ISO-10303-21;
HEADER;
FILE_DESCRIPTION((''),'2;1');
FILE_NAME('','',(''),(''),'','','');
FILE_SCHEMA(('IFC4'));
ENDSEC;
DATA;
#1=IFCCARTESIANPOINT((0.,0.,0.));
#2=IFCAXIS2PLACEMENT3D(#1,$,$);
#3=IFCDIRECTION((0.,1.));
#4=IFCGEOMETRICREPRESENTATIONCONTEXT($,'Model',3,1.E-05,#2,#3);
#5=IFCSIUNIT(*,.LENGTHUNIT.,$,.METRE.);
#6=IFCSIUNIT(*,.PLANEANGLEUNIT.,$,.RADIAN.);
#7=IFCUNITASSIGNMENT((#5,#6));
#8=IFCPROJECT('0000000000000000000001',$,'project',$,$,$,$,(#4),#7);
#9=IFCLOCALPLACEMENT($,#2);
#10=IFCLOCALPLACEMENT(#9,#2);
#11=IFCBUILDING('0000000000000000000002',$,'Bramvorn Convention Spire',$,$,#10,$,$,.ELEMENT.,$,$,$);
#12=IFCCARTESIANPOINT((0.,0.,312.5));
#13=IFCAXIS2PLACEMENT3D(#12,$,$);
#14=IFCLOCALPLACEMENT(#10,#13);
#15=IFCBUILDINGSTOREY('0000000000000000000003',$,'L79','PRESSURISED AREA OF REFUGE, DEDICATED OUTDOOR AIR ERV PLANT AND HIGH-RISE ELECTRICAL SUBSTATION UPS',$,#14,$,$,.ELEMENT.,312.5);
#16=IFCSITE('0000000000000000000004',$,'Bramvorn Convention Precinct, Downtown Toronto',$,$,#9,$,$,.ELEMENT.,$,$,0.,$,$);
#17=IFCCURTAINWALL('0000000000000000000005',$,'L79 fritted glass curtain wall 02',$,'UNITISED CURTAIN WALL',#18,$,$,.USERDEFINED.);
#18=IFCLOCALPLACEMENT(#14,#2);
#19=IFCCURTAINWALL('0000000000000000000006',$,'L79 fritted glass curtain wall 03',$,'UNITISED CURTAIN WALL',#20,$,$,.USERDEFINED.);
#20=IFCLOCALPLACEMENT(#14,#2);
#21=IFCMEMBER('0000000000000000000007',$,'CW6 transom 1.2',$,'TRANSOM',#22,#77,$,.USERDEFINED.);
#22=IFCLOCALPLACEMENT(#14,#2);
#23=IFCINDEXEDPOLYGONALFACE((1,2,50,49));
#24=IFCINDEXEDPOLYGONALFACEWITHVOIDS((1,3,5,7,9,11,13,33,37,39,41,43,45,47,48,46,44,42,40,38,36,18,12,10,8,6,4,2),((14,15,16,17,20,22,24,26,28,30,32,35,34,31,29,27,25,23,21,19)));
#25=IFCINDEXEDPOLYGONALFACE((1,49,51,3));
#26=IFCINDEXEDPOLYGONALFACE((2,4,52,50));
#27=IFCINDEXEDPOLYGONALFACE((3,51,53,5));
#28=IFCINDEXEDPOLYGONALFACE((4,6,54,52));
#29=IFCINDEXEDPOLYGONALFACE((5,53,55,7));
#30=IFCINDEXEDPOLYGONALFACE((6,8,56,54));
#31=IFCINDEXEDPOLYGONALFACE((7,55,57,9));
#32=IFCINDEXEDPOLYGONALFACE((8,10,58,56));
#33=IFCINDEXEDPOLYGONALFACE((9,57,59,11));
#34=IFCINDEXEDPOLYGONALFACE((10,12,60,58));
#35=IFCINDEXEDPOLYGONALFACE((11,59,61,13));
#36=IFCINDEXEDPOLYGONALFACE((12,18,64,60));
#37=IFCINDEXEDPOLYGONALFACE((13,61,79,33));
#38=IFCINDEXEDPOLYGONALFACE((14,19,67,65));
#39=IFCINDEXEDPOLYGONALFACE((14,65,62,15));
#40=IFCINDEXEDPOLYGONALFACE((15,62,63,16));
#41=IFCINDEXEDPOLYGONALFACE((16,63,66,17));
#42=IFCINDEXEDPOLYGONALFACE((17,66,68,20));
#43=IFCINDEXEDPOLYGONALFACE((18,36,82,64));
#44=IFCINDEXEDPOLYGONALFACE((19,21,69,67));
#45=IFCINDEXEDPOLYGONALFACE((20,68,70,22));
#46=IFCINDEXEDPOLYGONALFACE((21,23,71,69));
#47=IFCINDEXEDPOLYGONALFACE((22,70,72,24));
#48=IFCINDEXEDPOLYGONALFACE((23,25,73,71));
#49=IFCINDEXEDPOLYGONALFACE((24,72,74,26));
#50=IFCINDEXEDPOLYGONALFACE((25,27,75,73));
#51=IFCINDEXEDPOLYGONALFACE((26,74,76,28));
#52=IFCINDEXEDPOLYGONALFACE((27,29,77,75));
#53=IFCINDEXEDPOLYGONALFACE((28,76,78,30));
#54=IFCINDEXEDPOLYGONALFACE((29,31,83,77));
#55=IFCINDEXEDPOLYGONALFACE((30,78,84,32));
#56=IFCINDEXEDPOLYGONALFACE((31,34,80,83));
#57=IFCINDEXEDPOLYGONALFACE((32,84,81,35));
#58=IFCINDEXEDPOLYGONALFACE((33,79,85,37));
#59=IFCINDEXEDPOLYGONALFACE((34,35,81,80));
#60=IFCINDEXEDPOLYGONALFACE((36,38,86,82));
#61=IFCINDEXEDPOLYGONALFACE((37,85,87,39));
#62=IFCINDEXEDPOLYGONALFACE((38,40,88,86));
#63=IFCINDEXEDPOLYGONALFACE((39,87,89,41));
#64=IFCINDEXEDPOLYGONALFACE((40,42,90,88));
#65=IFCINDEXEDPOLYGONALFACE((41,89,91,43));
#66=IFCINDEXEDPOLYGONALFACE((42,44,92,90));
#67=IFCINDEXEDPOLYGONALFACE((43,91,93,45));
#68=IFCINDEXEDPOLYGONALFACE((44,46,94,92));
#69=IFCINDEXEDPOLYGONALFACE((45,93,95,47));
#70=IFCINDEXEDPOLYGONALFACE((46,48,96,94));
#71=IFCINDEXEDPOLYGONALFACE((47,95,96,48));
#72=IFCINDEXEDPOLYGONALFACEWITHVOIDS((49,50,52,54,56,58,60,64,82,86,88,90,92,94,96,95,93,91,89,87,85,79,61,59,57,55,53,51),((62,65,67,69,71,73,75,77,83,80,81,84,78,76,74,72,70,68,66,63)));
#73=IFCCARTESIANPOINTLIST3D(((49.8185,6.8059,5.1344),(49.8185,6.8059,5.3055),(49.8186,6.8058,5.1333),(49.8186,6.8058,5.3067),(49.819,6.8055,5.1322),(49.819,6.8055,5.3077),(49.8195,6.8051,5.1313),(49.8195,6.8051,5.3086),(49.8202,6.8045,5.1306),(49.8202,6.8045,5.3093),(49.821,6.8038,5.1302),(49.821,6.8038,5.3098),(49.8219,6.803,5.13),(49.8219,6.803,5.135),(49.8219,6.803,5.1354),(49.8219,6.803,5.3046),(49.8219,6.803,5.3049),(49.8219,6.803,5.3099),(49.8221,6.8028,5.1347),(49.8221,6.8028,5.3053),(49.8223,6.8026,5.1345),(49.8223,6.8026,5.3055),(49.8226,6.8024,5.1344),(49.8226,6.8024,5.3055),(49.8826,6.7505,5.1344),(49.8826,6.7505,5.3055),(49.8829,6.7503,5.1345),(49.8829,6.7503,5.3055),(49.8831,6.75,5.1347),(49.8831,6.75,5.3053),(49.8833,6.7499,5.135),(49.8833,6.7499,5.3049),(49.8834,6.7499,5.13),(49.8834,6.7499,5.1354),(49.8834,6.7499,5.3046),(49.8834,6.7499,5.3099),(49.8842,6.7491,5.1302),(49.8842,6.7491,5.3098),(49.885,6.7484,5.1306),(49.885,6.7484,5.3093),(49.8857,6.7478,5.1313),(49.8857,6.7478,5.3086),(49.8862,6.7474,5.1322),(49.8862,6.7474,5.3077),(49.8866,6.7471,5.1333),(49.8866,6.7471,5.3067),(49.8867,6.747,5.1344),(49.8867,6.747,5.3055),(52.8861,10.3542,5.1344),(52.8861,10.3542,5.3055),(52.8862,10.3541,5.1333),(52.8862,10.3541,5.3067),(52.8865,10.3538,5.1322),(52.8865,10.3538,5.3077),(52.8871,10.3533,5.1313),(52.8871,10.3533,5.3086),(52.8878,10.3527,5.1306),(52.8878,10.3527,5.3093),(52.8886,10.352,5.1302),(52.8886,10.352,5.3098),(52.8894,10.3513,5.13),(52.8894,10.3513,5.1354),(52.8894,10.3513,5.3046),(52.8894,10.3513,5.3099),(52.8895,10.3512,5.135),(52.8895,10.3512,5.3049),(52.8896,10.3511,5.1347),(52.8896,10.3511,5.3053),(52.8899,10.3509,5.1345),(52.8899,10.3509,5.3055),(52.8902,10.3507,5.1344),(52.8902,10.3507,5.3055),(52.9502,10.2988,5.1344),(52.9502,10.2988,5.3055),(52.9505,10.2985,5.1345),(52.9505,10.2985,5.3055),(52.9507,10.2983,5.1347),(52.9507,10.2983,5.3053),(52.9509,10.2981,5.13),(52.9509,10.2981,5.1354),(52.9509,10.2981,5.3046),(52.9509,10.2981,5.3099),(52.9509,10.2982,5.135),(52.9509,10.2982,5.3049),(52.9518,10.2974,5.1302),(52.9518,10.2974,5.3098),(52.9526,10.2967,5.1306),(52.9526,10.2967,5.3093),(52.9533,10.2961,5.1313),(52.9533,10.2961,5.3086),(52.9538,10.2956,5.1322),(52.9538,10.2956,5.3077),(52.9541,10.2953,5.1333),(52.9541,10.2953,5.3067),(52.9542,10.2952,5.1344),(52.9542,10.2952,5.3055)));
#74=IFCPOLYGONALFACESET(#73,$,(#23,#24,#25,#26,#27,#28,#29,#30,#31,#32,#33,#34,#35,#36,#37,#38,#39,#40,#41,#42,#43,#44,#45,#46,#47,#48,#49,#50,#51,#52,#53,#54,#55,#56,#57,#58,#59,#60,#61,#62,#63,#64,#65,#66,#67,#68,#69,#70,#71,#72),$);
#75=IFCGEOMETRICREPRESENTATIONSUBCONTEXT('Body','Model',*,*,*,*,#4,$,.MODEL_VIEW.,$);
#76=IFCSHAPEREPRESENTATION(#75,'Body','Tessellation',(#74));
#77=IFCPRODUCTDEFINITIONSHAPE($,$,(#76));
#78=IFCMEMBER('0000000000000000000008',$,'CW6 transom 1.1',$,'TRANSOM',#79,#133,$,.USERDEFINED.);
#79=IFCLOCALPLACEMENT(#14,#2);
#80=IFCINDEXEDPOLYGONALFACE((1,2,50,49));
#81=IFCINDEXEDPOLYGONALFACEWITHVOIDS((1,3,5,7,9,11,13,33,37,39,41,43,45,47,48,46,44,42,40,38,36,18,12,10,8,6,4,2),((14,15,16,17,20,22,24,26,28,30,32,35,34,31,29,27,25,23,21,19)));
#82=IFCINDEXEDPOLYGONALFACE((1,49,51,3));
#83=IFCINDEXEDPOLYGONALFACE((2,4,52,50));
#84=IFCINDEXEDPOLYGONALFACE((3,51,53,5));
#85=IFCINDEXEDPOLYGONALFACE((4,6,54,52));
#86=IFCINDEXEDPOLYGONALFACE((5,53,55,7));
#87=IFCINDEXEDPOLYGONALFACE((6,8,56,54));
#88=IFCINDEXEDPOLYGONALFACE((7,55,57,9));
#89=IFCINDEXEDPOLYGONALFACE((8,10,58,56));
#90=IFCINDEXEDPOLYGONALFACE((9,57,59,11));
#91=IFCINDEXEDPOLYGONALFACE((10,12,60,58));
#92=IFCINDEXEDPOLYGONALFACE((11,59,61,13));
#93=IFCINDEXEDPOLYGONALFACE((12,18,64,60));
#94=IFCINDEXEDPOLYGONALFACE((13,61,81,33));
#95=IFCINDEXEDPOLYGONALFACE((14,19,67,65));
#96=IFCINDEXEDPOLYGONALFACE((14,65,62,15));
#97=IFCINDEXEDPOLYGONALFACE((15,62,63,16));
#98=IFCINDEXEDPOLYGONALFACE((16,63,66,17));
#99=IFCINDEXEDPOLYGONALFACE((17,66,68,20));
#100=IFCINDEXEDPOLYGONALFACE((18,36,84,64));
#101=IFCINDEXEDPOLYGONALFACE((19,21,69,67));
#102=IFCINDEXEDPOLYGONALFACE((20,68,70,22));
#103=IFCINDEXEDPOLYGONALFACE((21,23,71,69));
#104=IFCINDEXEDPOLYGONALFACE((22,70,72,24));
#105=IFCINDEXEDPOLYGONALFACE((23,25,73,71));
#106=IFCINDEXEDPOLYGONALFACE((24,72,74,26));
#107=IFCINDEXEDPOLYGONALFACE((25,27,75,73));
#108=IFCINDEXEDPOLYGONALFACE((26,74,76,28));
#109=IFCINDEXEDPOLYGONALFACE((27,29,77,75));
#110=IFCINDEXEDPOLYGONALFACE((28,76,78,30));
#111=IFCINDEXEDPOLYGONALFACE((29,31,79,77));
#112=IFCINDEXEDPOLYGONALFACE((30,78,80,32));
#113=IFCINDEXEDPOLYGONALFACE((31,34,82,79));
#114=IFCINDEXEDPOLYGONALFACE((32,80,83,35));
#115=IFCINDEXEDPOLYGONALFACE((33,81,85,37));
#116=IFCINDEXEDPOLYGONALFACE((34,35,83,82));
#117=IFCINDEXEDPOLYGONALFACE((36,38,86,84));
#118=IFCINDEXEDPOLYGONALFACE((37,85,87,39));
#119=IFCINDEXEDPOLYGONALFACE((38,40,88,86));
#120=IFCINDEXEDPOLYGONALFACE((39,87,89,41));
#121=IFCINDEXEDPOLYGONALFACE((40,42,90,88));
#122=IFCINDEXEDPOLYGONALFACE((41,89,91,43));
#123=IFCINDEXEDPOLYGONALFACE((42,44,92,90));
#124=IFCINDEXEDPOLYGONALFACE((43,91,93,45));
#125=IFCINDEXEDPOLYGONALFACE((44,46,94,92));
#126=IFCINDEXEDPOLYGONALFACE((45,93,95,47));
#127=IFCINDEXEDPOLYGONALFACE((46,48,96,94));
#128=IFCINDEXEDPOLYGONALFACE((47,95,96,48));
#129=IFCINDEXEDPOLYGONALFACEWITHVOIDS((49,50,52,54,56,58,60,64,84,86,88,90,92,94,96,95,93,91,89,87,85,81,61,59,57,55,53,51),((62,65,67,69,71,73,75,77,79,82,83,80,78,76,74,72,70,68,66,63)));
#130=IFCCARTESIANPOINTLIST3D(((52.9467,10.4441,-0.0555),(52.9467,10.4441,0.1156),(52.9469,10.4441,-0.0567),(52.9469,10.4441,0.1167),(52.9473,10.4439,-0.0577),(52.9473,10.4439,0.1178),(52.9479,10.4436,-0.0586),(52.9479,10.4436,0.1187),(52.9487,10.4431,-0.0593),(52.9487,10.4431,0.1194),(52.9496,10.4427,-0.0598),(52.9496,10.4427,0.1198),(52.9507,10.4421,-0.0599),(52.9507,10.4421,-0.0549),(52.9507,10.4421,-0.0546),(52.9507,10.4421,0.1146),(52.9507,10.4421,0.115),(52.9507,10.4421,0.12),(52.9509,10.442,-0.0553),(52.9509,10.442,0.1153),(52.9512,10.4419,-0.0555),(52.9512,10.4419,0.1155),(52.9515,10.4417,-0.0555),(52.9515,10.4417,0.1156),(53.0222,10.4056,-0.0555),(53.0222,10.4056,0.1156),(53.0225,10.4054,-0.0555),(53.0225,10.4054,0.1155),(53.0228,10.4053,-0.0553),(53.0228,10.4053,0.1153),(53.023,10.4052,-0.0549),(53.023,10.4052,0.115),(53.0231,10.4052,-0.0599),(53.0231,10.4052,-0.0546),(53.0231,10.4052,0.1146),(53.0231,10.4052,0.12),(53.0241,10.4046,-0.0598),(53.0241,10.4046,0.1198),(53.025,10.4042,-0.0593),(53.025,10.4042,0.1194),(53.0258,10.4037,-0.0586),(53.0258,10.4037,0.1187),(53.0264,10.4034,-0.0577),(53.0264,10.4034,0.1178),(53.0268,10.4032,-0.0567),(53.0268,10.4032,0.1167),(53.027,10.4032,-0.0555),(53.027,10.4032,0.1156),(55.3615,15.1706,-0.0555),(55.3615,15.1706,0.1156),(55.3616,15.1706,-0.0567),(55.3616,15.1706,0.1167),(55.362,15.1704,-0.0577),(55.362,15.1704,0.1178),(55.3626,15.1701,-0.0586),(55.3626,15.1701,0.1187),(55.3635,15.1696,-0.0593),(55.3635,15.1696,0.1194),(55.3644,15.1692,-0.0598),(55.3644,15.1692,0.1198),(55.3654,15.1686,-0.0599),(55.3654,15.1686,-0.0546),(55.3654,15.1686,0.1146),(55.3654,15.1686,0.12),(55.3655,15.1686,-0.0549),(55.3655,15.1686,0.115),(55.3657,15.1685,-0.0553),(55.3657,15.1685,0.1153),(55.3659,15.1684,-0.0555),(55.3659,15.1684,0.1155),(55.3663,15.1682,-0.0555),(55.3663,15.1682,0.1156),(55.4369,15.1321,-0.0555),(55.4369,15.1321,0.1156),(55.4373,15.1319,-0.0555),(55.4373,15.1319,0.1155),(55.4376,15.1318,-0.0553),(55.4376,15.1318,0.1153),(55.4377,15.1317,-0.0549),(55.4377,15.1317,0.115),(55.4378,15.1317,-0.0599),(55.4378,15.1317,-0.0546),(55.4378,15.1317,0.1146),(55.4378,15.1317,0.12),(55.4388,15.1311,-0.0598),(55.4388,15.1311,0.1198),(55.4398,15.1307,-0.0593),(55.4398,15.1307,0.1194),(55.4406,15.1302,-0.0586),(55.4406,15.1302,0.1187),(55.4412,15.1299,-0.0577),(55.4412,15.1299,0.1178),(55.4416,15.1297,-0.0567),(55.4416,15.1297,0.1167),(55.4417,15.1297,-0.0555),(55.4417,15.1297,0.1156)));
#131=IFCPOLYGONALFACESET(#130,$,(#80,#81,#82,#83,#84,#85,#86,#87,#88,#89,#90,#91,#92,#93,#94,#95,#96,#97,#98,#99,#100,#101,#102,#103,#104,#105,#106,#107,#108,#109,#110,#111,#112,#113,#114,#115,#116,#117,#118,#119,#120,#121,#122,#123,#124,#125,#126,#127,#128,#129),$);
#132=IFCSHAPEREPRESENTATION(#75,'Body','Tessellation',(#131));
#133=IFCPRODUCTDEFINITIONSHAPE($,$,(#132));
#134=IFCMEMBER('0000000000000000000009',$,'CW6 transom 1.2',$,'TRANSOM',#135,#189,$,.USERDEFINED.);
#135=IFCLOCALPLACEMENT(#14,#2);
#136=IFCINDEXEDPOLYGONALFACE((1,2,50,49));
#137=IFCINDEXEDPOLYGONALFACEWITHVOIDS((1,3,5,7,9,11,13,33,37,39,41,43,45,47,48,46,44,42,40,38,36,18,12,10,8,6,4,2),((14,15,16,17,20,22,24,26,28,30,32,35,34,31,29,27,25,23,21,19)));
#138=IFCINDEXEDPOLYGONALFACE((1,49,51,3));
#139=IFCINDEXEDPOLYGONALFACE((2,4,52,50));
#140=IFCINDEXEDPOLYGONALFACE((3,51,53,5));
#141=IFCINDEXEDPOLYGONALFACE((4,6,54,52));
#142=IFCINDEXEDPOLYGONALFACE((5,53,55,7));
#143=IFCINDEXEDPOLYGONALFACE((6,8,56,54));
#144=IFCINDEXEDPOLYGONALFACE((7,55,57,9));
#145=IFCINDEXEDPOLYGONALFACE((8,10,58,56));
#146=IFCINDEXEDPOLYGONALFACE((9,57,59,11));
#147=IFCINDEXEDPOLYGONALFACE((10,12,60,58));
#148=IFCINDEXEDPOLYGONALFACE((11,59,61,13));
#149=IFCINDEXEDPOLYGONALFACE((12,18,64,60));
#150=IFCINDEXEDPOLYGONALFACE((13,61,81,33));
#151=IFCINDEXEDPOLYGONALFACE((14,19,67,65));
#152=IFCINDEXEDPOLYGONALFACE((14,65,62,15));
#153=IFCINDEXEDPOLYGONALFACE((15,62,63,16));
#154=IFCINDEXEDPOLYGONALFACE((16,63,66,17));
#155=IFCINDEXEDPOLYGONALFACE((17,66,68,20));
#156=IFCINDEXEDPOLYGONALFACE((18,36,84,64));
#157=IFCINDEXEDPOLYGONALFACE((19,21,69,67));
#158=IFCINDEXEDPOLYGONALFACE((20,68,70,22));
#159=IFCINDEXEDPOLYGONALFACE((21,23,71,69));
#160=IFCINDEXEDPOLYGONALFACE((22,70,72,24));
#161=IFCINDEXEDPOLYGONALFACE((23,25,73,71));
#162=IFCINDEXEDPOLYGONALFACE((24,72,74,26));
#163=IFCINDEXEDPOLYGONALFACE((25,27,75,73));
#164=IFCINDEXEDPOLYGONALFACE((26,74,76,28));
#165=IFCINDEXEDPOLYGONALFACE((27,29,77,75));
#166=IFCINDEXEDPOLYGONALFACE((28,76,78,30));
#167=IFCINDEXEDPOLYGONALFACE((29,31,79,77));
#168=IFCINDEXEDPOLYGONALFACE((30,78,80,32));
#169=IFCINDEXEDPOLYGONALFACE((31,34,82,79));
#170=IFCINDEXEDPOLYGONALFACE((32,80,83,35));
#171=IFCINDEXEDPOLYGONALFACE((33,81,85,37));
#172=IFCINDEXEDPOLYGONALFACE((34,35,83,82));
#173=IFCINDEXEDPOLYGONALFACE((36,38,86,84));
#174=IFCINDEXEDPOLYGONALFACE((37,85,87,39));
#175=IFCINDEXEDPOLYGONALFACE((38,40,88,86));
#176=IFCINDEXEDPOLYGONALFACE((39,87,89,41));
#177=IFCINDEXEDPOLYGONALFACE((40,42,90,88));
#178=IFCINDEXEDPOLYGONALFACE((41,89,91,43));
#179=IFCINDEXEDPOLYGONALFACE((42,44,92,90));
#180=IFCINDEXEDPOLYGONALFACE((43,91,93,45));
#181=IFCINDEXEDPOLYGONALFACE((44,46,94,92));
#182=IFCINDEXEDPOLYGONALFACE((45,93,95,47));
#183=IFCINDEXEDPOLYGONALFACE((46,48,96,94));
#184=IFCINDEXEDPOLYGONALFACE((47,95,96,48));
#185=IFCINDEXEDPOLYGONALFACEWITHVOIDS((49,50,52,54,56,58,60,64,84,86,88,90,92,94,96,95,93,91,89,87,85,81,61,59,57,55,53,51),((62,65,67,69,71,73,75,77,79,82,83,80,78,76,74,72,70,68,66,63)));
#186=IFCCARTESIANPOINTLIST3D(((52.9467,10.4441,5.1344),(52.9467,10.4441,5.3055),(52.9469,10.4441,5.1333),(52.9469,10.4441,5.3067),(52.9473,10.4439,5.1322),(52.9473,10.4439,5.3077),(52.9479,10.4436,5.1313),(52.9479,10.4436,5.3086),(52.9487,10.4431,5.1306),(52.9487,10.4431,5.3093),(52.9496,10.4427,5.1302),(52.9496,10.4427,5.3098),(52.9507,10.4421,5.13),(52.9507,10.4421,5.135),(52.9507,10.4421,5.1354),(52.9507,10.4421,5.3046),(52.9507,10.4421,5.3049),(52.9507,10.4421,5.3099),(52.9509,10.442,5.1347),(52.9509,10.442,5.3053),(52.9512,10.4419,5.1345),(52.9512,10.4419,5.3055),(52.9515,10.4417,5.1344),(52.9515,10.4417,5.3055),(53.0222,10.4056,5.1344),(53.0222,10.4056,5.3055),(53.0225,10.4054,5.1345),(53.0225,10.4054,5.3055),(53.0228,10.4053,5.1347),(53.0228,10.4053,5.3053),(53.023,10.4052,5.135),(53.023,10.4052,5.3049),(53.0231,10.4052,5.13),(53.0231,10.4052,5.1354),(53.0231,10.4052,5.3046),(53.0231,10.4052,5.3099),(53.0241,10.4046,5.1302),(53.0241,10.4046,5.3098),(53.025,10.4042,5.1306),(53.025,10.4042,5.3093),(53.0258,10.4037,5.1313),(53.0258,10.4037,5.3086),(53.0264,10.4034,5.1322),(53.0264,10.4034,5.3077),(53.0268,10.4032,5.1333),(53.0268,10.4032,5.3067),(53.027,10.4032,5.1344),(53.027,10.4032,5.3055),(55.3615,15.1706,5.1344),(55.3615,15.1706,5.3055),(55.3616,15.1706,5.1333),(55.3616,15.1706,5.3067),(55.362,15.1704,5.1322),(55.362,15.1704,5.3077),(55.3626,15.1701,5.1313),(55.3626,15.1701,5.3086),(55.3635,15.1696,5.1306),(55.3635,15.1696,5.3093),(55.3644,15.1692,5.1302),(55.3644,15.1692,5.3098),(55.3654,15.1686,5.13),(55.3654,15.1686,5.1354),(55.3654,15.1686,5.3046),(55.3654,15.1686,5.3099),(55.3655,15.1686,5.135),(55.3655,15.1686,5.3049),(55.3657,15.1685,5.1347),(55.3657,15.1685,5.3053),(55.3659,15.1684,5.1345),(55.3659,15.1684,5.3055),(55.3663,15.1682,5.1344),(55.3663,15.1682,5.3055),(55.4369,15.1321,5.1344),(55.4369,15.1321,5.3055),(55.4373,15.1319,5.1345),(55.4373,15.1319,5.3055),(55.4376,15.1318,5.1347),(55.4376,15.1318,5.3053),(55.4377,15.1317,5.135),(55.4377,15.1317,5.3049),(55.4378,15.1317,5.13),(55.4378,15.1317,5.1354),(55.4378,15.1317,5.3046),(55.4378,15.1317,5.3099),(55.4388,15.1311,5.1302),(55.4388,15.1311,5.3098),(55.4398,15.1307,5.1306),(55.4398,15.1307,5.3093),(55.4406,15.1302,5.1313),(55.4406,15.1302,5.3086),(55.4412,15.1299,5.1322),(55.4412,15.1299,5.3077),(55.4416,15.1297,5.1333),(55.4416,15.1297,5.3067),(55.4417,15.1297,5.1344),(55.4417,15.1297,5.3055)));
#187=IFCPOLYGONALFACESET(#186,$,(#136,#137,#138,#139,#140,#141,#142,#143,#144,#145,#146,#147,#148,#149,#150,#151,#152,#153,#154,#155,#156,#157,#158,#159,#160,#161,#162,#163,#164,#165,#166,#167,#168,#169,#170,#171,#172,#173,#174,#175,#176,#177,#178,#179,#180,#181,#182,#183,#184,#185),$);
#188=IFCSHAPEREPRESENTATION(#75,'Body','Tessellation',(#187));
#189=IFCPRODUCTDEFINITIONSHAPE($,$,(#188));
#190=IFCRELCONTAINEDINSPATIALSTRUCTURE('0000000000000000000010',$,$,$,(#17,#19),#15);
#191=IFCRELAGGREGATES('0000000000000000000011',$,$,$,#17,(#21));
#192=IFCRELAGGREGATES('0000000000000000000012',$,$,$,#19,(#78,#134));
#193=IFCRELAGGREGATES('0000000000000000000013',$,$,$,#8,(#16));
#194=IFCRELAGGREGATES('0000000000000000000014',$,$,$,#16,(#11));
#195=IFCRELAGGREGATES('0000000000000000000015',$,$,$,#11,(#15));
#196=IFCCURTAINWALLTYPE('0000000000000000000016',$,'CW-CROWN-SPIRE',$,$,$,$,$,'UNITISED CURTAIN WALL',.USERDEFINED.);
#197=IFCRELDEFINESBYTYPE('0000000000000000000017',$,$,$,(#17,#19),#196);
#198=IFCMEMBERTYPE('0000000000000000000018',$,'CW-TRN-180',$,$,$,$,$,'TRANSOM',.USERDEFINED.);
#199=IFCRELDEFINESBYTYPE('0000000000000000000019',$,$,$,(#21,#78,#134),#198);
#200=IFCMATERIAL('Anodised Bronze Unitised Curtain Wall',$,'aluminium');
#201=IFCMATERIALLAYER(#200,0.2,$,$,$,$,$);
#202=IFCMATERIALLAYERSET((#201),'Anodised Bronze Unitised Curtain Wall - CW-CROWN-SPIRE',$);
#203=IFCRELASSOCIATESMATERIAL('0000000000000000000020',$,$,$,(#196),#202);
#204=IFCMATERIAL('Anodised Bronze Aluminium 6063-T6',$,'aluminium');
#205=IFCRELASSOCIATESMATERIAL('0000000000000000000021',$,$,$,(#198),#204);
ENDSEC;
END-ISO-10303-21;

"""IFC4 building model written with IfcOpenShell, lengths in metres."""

from ifc_helpers import new_model, si_unit, direction, frame, origin, origin_2d, place, context, subcontext, project, spatial, hollow_rectangle, extrude, material, layer, layer_set, material_profile, profile_set, type_object, element, aggregate, save


model = new_model("IFC4")

# Units and contexts
model_context = context("Model", 3, precision=1e-05, world=origin(), true_north=direction((0.0, 1.0)))
body_context = subcontext(model_context, "Body", "Model", "MODEL_VIEW")
ifc_project = project(units=[si_unit("LENGTHUNIT", "METRE"), si_unit("PLANEANGLEUNIT", "RADIAN")], contexts=[model_context])

# Site, building, storey
site_placement = place(None, origin())
site = spatial("IfcSite", under=ifc_project, at=site_placement, Name="Bramvorn Convention Precinct, Downtown Toronto", CompositionType="ELEMENT", RefElevation=0.0)
building_placement = place(site_placement, origin())
building = spatial("IfcBuilding", under=site, at=building_placement, Name="Bramvorn Convention Spire", CompositionType="ELEMENT")
storey_placement = place(building_placement, frame((0.0, 0.0, 312.5)))
storey = spatial("IfcBuildingStorey", under=building, at=storey_placement, Name="L79", Description="PRESSURISED AREA OF REFUGE, DEDICATED OUTDOOR AIR ERV PLANT AND HIGH-RISE ELECTRICAL SUBSTATION UPS", CompositionType="ELEMENT", Elevation=312.5)

# Curtain walls
ifc_material_1 = material(Name="Anodised Bronze Unitised Curtain Wall", Category="aluminium")
ifc_layer_1 = layer(ifc_material_1, 0.2)
ifc_layer_set_1 = layer_set([ifc_layer_1], Name="Anodised Bronze Unitised Curtain Wall - CW-CROWN-SPIRE")
curtain_wall_type = type_object("IfcCurtainWallType", Name="CW-CROWN-SPIRE", ElementType="UNITISED CURTAIN WALL", PredefinedType="USERDEFINED", material=ifc_layer_set_1)
curtain_wall_1_placement = place(storey_placement, origin())
curtain_wall_1 = element("IfcCurtainWall", 1, at=curtain_wall_1_placement, inside=storey, type_object=curtain_wall_type, Name="L79 fritted glass curtain wall 02", ObjectType="UNITISED CURTAIN WALL", PredefinedType="USERDEFINED")
ifc_material_2 = material(Name="Anodised Bronze Aluminium 6063-T6", Category="aluminium")
curtain_wall_2_placement = place(storey_placement, origin())
curtain_wall_2 = element("IfcCurtainWall", 2, at=curtain_wall_2_placement, inside=storey, type_object=curtain_wall_type, Name="L79 fritted glass curtain wall 03", ObjectType="UNITISED CURTAIN WALL", PredefinedType="USERDEFINED")

# Members
ifc_material_profile_1 = material_profile(ifc_material_2, hollow_rectangle(XDim=0.0901, YDim=0.1799, WallThickness=0.0044, InnerFilletRadius=0.001, OuterFilletRadius=0.0044, at=origin_2d()))
ifc_profile_set_1 = profile_set([ifc_material_profile_1], Name="Anodised Bronze Aluminium 6063-T6 - CWT90X180")
member_type_1 = type_object("IfcMemberType", Name="CW-TRN-180", ElementType="TRANSOM", PredefinedType="USERDEFINED", material=ifc_profile_set_1)
member_1_placement = place(storey_placement, frame((52.9202, 10.3247, 5.22), z_axis=(-0.654005, -0.756491, 0.0), x_axis=(0.756491, -0.654005, 0.0)))
member_1 = element("IfcMember", 3, at=member_1_placement, type_object=member_type_1, Name="CW6 transom 1.2", ObjectType="TRANSOM", PredefinedType="USERDEFINED", context=body_context, shape_type="SweptSolid", body=[
    extrude(hollow_rectangle(XDim=0.0901, YDim=0.1799, WallThickness=0.0044, InnerFilletRadius=0.001, OuterFilletRadius=0.0044, at=origin_2d()), origin(), (0.0, 0.0, 1.0), 4.6904),
])
member_2_placement = place(storey_placement, frame((55.4016, 15.1501, 0.03), z_axis=(-0.454961, -0.890511, 0.0), x_axis=(0.890511, -0.454961, 0.0)))
member_2 = element("IfcMember", 4, at=member_2_placement, type_object=member_type_1, Name="CW6 transom 1.1", ObjectType="TRANSOM", PredefinedType="USERDEFINED", context=body_context, shape_type="SweptSolid", body=[
    extrude(hollow_rectangle(XDim=0.0901, YDim=0.1799, WallThickness=0.0044, InnerFilletRadius=0.001, OuterFilletRadius=0.0044, at=origin_2d()), origin(), (0.0, 0.0, 1.0), 5.3076),
])
member_3_placement = place(storey_placement, frame((55.4016, 15.1501, 5.22), z_axis=(-0.454961, -0.890511, 0.0), x_axis=(0.890511, -0.454961, 0.0)))
member_3 = element("IfcMember", 5, at=member_3_placement, type_object=member_type_1, Name="CW6 transom 1.2", ObjectType="TRANSOM", PredefinedType="USERDEFINED", context=body_context, shape_type="SweptSolid", body=[
    extrude(hollow_rectangle(XDim=0.0901, YDim=0.1799, WallThickness=0.0044, InnerFilletRadius=0.001, OuterFilletRadius=0.0044, at=origin_2d()), origin(), (0.0, 0.0, 1.0), 5.3076),
])

aggregate(curtain_wall_1, [member_1])
aggregate(curtain_wall_2, [member_2, member_3])

save(model, "model.ifc")
